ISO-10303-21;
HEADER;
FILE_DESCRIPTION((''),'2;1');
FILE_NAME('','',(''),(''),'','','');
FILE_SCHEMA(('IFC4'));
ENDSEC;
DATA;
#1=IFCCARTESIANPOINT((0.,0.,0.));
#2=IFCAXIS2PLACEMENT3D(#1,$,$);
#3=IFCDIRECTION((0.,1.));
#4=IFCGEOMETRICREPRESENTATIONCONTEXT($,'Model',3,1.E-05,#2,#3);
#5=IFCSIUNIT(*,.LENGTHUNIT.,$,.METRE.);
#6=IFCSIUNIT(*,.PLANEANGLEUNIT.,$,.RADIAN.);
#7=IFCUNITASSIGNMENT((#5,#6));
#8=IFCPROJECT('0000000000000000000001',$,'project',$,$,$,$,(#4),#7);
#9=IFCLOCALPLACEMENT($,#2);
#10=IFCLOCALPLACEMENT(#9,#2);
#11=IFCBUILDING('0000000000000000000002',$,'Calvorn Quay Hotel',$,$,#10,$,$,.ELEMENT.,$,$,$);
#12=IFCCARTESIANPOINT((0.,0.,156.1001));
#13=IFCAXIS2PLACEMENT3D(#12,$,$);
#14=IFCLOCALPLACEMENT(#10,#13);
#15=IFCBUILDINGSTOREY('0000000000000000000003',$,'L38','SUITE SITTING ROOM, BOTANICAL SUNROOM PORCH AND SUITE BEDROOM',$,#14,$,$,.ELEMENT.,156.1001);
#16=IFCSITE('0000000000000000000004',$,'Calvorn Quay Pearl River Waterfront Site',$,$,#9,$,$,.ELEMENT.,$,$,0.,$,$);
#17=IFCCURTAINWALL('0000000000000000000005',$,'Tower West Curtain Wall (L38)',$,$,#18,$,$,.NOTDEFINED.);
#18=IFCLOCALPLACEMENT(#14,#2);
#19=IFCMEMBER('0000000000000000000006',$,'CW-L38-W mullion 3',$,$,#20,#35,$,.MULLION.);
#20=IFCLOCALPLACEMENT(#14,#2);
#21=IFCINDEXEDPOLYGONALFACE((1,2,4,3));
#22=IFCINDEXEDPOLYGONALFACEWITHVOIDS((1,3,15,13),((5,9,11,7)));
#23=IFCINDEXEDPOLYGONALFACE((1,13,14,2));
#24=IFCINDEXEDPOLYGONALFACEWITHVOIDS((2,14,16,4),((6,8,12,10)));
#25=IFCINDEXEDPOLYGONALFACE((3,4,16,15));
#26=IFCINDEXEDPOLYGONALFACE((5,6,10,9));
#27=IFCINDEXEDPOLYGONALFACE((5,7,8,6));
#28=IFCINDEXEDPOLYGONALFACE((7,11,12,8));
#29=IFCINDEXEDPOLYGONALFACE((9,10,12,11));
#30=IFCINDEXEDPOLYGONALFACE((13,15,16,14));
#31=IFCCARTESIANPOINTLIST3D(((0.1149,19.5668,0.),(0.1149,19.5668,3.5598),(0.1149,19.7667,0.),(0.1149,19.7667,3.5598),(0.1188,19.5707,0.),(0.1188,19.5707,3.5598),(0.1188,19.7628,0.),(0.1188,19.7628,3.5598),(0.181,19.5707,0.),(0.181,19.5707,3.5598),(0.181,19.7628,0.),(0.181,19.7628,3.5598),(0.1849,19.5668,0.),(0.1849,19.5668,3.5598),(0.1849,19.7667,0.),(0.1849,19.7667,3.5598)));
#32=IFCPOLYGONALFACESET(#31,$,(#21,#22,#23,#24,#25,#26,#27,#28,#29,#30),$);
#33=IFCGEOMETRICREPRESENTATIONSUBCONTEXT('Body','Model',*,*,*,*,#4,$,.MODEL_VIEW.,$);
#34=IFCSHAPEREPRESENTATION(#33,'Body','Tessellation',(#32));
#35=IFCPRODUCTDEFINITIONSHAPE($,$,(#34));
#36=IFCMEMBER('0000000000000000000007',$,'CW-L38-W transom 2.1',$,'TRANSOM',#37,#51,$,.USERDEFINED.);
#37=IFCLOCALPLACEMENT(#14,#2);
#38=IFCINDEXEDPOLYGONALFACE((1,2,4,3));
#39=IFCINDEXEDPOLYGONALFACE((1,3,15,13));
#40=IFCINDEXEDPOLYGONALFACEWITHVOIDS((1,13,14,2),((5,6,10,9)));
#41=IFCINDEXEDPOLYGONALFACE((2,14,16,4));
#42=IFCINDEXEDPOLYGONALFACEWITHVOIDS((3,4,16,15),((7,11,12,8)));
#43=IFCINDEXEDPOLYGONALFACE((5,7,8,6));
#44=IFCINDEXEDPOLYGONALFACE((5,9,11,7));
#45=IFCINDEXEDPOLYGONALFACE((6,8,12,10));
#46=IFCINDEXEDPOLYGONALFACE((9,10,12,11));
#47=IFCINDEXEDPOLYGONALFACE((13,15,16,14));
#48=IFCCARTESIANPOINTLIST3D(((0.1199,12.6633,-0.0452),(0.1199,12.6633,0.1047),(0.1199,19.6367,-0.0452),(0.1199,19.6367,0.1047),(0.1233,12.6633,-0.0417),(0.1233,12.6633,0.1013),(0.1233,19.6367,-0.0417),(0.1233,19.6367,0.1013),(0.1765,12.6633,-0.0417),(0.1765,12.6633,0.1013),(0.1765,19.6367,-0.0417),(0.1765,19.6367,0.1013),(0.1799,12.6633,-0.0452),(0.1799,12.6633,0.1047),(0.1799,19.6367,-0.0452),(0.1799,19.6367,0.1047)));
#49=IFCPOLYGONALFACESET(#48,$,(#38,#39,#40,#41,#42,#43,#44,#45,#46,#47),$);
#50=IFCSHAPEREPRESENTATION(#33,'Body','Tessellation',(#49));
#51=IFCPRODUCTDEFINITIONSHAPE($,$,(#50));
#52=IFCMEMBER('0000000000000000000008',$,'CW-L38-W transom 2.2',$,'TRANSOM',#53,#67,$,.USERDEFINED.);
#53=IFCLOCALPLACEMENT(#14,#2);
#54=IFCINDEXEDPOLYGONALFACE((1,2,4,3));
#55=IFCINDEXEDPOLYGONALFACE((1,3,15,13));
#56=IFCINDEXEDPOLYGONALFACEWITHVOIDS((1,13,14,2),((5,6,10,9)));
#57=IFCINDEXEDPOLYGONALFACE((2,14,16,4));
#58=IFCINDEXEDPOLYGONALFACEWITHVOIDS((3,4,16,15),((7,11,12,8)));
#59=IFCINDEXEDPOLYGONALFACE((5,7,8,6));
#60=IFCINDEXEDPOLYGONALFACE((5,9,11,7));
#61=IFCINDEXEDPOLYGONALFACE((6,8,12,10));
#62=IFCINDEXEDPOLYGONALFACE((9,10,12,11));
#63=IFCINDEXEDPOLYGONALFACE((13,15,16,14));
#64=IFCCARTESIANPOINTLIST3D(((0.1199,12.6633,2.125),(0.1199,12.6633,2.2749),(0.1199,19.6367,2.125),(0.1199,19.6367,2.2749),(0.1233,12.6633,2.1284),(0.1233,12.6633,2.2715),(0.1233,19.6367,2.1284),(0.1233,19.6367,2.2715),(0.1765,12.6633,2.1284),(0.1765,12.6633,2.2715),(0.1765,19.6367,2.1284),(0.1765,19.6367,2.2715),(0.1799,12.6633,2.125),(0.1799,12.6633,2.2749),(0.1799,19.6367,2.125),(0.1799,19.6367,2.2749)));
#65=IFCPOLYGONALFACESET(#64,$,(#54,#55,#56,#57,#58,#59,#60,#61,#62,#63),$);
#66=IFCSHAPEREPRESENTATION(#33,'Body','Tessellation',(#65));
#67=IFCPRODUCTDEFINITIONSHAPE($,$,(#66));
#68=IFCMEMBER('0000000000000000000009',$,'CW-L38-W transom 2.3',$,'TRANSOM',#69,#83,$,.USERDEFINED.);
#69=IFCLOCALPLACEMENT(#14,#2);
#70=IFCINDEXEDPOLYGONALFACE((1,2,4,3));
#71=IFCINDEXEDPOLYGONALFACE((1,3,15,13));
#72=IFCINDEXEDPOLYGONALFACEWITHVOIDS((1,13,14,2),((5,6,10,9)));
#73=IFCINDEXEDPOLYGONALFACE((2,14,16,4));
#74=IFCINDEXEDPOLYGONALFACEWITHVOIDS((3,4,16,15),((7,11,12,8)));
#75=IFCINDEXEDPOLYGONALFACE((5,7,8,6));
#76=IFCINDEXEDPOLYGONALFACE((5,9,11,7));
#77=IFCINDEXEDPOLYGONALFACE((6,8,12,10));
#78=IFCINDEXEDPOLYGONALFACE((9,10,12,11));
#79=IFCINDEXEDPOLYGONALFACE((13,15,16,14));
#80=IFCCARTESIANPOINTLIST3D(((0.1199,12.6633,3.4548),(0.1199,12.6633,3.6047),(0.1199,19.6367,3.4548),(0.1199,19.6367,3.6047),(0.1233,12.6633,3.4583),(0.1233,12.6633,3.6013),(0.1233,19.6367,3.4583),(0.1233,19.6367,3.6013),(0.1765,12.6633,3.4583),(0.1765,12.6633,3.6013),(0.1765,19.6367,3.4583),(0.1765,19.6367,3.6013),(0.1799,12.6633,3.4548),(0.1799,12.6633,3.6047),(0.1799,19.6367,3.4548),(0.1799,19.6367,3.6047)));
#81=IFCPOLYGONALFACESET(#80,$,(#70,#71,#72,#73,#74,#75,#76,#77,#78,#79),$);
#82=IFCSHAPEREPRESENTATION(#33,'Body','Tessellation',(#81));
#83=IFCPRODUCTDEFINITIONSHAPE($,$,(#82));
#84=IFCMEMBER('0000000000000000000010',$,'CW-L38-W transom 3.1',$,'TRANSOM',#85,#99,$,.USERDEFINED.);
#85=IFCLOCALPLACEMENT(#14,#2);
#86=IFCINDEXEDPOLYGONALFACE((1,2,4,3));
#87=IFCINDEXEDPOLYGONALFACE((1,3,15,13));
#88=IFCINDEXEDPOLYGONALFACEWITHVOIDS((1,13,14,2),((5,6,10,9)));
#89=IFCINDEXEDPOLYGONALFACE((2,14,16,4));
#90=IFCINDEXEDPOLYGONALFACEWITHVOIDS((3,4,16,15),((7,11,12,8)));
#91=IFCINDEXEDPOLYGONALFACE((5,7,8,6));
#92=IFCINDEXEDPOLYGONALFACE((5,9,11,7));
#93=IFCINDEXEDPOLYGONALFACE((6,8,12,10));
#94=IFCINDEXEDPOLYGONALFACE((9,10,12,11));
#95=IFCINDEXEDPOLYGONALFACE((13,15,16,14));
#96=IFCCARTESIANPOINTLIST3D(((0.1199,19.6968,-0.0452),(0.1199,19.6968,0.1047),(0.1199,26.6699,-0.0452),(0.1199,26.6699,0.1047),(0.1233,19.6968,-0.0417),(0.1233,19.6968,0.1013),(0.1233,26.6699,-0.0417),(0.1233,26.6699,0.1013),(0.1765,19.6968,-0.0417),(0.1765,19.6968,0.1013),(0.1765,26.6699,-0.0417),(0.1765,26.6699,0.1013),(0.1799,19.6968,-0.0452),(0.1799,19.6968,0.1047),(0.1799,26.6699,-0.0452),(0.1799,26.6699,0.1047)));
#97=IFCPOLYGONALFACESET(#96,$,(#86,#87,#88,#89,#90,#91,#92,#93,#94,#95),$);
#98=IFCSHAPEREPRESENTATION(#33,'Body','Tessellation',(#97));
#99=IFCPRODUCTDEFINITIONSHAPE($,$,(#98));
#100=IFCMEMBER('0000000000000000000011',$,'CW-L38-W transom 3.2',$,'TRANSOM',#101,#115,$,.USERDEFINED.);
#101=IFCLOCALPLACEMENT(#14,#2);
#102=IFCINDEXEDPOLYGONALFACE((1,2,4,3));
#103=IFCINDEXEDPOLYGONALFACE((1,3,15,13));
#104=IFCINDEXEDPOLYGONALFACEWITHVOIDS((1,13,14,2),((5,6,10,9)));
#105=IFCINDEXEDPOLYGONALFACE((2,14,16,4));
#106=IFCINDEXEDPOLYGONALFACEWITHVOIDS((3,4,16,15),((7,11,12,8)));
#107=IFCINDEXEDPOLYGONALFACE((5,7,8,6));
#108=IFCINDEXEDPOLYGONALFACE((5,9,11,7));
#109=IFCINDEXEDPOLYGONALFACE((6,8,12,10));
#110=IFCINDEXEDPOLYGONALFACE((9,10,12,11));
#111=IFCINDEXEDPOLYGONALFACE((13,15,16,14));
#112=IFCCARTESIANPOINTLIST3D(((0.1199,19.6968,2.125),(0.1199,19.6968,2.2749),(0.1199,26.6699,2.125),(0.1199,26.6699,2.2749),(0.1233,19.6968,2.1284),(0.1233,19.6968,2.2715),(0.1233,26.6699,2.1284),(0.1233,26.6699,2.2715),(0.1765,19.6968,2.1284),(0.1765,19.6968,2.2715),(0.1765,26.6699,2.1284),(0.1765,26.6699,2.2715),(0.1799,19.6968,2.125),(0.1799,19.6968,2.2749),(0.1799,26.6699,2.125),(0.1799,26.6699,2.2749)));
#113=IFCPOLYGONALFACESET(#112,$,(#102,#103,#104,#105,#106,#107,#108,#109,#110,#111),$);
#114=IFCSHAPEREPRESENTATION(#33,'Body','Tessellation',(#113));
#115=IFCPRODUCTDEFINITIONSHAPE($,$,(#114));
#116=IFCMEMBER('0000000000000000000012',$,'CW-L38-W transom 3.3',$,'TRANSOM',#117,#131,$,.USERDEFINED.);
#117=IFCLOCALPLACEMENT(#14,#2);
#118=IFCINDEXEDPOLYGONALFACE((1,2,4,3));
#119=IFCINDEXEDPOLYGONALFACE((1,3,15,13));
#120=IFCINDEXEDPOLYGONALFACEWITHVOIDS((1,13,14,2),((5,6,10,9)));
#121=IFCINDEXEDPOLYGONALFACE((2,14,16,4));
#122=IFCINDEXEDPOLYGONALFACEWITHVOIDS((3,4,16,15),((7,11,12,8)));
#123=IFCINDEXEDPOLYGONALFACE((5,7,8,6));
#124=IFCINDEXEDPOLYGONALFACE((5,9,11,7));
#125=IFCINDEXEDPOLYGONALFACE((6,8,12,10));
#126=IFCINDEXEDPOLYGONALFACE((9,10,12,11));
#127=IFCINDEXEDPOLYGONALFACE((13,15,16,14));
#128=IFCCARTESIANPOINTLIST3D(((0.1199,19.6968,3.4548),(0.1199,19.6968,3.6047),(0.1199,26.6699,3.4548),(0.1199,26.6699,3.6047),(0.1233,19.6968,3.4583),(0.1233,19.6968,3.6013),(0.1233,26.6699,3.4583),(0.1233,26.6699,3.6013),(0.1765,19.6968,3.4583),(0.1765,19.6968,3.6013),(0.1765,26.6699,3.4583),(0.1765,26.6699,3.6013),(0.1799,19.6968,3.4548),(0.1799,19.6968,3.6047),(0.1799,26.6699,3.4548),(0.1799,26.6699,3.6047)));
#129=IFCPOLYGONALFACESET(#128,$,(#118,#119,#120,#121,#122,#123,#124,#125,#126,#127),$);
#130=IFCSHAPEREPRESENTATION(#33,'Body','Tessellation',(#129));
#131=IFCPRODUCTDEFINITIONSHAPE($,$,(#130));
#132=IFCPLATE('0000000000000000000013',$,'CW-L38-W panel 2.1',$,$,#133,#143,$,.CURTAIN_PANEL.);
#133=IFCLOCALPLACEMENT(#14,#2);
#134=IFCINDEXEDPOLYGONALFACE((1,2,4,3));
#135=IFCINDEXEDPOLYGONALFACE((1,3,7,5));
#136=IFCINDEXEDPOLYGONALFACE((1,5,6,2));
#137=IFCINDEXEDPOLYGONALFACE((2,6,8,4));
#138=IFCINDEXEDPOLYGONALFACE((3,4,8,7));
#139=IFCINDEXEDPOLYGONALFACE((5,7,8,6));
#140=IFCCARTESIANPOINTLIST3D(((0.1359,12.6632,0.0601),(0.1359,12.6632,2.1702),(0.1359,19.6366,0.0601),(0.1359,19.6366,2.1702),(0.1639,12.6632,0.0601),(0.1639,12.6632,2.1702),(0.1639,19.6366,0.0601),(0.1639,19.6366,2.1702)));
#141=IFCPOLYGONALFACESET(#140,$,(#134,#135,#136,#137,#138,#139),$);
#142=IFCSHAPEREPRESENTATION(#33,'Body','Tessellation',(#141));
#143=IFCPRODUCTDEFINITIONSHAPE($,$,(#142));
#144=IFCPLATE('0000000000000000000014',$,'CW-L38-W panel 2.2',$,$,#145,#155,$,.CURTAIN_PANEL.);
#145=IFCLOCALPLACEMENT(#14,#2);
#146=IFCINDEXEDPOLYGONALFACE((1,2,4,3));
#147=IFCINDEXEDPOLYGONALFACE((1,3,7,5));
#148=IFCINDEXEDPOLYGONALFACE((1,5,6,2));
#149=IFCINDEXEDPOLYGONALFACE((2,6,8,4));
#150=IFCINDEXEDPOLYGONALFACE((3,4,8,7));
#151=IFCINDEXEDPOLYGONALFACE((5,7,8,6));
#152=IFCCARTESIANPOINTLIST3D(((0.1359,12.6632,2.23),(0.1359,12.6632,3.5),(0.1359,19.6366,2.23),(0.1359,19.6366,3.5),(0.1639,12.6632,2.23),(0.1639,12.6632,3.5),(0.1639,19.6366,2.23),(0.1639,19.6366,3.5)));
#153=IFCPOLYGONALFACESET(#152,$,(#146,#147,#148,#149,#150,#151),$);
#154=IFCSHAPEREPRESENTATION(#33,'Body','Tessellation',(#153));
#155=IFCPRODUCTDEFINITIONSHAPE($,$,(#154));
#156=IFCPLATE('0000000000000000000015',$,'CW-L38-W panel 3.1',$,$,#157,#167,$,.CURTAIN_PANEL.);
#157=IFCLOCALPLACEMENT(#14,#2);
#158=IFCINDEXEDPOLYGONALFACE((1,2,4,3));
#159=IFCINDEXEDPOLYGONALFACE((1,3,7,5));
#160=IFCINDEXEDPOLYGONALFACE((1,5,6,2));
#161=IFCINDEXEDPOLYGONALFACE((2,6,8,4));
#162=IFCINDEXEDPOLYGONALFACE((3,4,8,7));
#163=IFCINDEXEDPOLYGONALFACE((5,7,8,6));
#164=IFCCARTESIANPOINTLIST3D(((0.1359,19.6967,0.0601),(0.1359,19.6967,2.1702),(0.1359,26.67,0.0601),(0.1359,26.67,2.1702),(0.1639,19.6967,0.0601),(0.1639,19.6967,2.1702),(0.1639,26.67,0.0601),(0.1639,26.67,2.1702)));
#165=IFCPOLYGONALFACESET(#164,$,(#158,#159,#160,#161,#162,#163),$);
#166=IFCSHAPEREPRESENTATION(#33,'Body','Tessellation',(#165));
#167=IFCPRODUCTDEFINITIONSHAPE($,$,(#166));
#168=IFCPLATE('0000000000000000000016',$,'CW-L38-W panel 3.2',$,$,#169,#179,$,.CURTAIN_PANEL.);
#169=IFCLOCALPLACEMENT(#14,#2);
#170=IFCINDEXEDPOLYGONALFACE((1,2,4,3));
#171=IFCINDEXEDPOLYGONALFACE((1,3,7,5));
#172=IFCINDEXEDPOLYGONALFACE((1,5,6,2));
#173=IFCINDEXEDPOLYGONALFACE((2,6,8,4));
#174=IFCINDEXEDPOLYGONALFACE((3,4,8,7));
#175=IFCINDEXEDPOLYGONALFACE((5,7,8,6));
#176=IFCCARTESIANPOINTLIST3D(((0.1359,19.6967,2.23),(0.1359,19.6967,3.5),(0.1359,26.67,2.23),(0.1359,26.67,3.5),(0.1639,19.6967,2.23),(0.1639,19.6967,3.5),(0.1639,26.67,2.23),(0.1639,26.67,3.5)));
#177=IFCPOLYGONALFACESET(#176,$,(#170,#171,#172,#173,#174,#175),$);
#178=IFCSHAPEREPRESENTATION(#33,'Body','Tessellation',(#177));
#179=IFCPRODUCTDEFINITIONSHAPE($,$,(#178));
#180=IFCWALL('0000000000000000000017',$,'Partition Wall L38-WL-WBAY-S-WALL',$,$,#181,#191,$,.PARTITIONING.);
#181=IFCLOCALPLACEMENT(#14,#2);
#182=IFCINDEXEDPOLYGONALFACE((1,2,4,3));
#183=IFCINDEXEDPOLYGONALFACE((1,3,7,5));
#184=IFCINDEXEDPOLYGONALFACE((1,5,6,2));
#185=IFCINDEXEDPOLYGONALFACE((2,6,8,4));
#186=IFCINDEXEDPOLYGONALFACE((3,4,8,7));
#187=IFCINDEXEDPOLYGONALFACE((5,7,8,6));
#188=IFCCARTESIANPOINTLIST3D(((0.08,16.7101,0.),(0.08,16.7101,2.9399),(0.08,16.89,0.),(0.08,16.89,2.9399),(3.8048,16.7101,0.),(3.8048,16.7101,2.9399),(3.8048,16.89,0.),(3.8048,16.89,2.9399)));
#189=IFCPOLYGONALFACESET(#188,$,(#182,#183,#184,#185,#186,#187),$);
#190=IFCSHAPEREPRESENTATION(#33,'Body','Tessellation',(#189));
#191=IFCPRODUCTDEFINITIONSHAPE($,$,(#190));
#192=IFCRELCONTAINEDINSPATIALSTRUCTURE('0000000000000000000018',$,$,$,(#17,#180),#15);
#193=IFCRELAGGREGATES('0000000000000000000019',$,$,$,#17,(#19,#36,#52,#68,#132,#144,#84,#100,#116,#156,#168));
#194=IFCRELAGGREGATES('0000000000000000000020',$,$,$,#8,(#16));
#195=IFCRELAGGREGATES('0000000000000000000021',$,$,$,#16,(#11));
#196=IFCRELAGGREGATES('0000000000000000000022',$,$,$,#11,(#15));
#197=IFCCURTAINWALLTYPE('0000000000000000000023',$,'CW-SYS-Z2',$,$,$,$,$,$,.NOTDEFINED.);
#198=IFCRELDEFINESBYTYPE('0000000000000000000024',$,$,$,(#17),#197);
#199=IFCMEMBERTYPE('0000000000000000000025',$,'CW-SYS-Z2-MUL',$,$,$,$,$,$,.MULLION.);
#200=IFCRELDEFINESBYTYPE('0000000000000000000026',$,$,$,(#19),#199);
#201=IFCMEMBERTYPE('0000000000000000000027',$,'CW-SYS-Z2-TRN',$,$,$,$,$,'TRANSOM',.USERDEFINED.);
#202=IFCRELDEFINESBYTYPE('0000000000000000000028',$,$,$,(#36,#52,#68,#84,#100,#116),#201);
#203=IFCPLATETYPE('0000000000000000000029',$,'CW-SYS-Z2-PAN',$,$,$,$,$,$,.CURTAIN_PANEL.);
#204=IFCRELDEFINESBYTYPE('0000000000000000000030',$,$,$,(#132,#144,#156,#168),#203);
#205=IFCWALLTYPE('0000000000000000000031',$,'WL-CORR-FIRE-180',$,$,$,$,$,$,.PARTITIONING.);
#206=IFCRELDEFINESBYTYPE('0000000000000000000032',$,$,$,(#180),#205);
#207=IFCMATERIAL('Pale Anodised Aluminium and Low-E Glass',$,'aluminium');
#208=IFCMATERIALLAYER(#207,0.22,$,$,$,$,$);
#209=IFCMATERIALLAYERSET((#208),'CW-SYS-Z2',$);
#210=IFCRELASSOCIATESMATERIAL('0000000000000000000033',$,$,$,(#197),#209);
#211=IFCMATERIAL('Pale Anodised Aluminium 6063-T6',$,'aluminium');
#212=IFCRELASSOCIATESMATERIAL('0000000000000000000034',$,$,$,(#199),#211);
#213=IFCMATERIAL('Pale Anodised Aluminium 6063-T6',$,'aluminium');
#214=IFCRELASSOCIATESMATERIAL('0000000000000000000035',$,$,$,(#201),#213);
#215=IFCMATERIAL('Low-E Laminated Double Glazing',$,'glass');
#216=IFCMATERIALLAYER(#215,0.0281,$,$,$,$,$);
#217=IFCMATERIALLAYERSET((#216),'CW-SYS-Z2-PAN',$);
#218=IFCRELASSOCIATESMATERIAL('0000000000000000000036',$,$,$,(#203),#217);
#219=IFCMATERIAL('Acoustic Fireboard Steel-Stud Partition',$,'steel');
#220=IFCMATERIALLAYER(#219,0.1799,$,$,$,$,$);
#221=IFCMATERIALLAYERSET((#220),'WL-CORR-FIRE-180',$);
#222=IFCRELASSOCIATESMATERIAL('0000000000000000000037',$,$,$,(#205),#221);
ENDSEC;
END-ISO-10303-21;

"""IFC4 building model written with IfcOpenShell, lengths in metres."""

from ifc_helpers import new_model, si_unit, direction, frame, frame_2d, origin, origin_2d, place, context, subcontext, project, spatial, rectangle, hollow_rectangle, extrude, material, layer, layer_set, material_profile, profile_set, type_object, element, aggregate, save


model = new_model("IFC4")

# Units and contexts
model_context = context("Model", 3, precision=1e-05, world=origin(), true_north=direction((0.0, 1.0)))
body_context = subcontext(model_context, "Body", "Model", "MODEL_VIEW")
ifc_project = project(units=[si_unit("LENGTHUNIT", "METRE"), si_unit("PLANEANGLEUNIT", "RADIAN")], contexts=[model_context])

# Site, building, storey
site_placement = place(None, origin())
site = spatial("IfcSite", under=ifc_project, at=site_placement, Name="Calvorn Quay Pearl River Waterfront Site", CompositionType="ELEMENT", RefElevation=0.0)
building_placement = place(site_placement, origin())
building = spatial("IfcBuilding", under=site, at=building_placement, Name="Calvorn Quay Hotel", CompositionType="ELEMENT")
storey_placement = place(building_placement, frame((0.0, 0.0, 156.1001)))
storey = spatial("IfcBuildingStorey", under=building, at=storey_placement, Name="L38", Description="SUITE SITTING ROOM, BOTANICAL SUNROOM PORCH AND SUITE BEDROOM", CompositionType="ELEMENT", Elevation=156.1001)

# Curtain wall, members, plates
ifc_material_1 = material(Name="Pale Anodised Aluminium and Low-E Glass", Category="aluminium")
ifc_layer_1 = layer(ifc_material_1, 0.22)
ifc_layer_set_1 = layer_set([ifc_layer_1], Name="CW-SYS-Z2")
curtain_wall_type = type_object("IfcCurtainWallType", Name="CW-SYS-Z2", PredefinedType="NOTDEFINED", material=ifc_layer_set_1)
curtain_wall_placement = place(storey_placement, origin())
curtain_wall = element("IfcCurtainWall", 1, at=curtain_wall_placement, inside=storey, type_object=curtain_wall_type, Name="Tower West Curtain Wall (L38)", PredefinedType="NOTDEFINED")
ifc_material_2 = material(Name="Pale Anodised Aluminium 6063-T6", Category="aluminium")
ifc_material_profile_1 = material_profile(ifc_material_2, hollow_rectangle(XDim=0.0701, YDim=0.2, WallThickness=0.0039, at=origin_2d()), Name="ALU-M200x70x4")
ifc_profile_set_1 = profile_set([ifc_material_profile_1], Name="Pale Anodised Aluminium 6063-T6")
member_type_1 = type_object("IfcMemberType", Name="CW-SYS-Z2-MUL", PredefinedType="MULLION", material=ifc_profile_set_1)
member_1_placement = place(storey_placement, frame((0.1499, 19.6667, 0.0), z_axis=(0.0, 0.0, 1.0), x_axis=(-1.0, 0.0, 0.0)))
member_1 = element("IfcMember", 2, at=member_1_placement, type_object=member_type_1, Name="CW-L38-W mullion 3", PredefinedType="MULLION", context=body_context, shape_type="SweptSolid", body=[
    extrude(hollow_rectangle(XDim=0.0701, YDim=0.2, WallThickness=0.0039, at=origin_2d()), origin(), (0.0, 0.0, 1.0), 3.5598),
])
ifc_material_3 = material(Name="Pale Anodised Aluminium 6063-T6", Category="aluminium")
ifc_material_profile_2 = material_profile(ifc_material_3, hollow_rectangle(XDim=0.0601, YDim=0.1499, WallThickness=0.0034, at=origin_2d()), Name="ALU-T150x60x3.5")
ifc_profile_set_2 = profile_set([ifc_material_profile_2], Name="Pale Anodised Aluminium 6063-T6")
member_type_2 = type_object("IfcMemberType", Name="CW-SYS-Z2-TRN", ElementType="TRANSOM", PredefinedType="USERDEFINED", material=ifc_profile_set_2)
member_2_placement = place(storey_placement, frame((0.1499, 12.6633, 0.0298), z_axis=(0.0, 1.0, 0.0), x_axis=(-1.0, 0.0, 0.0)))
member_2 = element("IfcMember", 3, at=member_2_placement, type_object=member_type_2, Name="CW-L38-W transom 2.1", ObjectType="TRANSOM", PredefinedType="USERDEFINED", context=body_context, shape_type="SweptSolid", body=[
    extrude(hollow_rectangle(XDim=0.0601, YDim=0.1499, WallThickness=0.0034, at=origin_2d()), origin(), (0.0, 0.0, 1.0), 6.9734),
])
member_3_placement = place(storey_placement, frame((0.1499, 12.6633, 2.2), z_axis=(0.0, 1.0, 0.0), x_axis=(-1.0, 0.0, 0.0)))
member_3 = element("IfcMember", 4, at=member_3_placement, type_object=member_type_2, Name="CW-L38-W transom 2.2", ObjectType="TRANSOM", PredefinedType="USERDEFINED", context=body_context, shape_type="SweptSolid", body=[
    extrude(hollow_rectangle(XDim=0.0601, YDim=0.1499, WallThickness=0.0034, at=origin_2d()), origin(), (0.0, 0.0, 1.0), 6.9734),
])
member_4_placement = place(storey_placement, frame((0.1499, 12.6633, 3.5298), z_axis=(0.0, 1.0, 0.0), x_axis=(-1.0, 0.0, 0.0)))
member_4 = element("IfcMember", 5, at=member_4_placement, type_object=member_type_2, Name="CW-L38-W transom 2.3", ObjectType="TRANSOM", PredefinedType="USERDEFINED", context=body_context, shape_type="SweptSolid", body=[
    extrude(hollow_rectangle(XDim=0.0601, YDim=0.1499, WallThickness=0.0034, at=origin_2d()), origin(), (0.0, 0.0, 1.0), 6.9734),
])
member_5_placement = place(storey_placement, frame((0.1499, 19.6968, 0.0298), z_axis=(0.0, 1.0, 0.0), x_axis=(-1.0, 0.0, 0.0)))
member_5 = element("IfcMember", 6, at=member_5_placement, type_object=member_type_2, Name="CW-L38-W transom 3.1", ObjectType="TRANSOM", PredefinedType="USERDEFINED", context=body_context, shape_type="SweptSolid", body=[
    extrude(hollow_rectangle(XDim=0.0601, YDim=0.1499, WallThickness=0.0034, at=origin_2d()), origin(), (0.0, 0.0, 1.0), 6.9731),
])
member_6_placement = place(storey_placement, frame((0.1499, 19.6968, 2.2), z_axis=(0.0, 1.0, 0.0), x_axis=(-1.0, 0.0, 0.0)))
member_6 = element("IfcMember", 7, at=member_6_placement, type_object=member_type_2, Name="CW-L38-W transom 3.2", ObjectType="TRANSOM", PredefinedType="USERDEFINED", context=body_context, shape_type="SweptSolid", body=[
    extrude(hollow_rectangle(XDim=0.0601, YDim=0.1499, WallThickness=0.0034, at=origin_2d()), origin(), (0.0, 0.0, 1.0), 6.9731),
])
member_7_placement = place(storey_placement, frame((0.1499, 19.6968, 3.5298), z_axis=(0.0, 1.0, 0.0), x_axis=(-1.0, 0.0, 0.0)))
member_7 = element("IfcMember", 8, at=member_7_placement, type_object=member_type_2, Name="CW-L38-W transom 3.3", ObjectType="TRANSOM", PredefinedType="USERDEFINED", context=body_context, shape_type="SweptSolid", body=[
    extrude(hollow_rectangle(XDim=0.0601, YDim=0.1499, WallThickness=0.0034, at=origin_2d()), origin(), (0.0, 0.0, 1.0), 6.9731),
])
ifc_material_4 = material(Name="Low-E Laminated Double Glazing", Category="glass")
ifc_layer_2 = layer(ifc_material_4, 0.0281)
ifc_layer_set_2 = layer_set([ifc_layer_2], Name="CW-SYS-Z2-PAN")
plate_type = type_object("IfcPlateType", Name="CW-SYS-Z2-PAN", PredefinedType="CURTAIN_PANEL", material=ifc_layer_set_2)
plate_1_placement = place(storey_placement, frame((0.1499, 16.1499, 0.0601), z_axis=(0.0, 0.0, 1.0), x_axis=(0.0, 1.0, 0.0)))
plate_1 = element("IfcPlate", 9, at=plate_1_placement, type_object=plate_type, Name="CW-L38-W panel 2.1", PredefinedType="CURTAIN_PANEL", context=body_context, shape_type="SweptSolid", body=[
    extrude(rectangle(XDim=6.9734, YDim=0.0281, at=origin_2d()), origin(), (0.0, 0.0, 1.0), 2.1101),
])
plate_2_placement = place(storey_placement, frame((0.1499, 16.1499, 2.23), z_axis=(0.0, 0.0, 1.0), x_axis=(0.0, 1.0, 0.0)))
plate_2 = element("IfcPlate", 10, at=plate_2_placement, type_object=plate_type, Name="CW-L38-W panel 2.2", PredefinedType="CURTAIN_PANEL", context=body_context, shape_type="SweptSolid", body=[
    extrude(rectangle(XDim=6.9734, YDim=0.0281, at=origin_2d()), origin(), (0.0, 0.0, 1.0), 1.27),
])
plate_3_placement = place(storey_placement, frame((0.1499, 23.1833, 0.0601), z_axis=(0.0, 0.0, 1.0), x_axis=(0.0, 1.0, 0.0)))
plate_3 = element("IfcPlate", 11, at=plate_3_placement, type_object=plate_type, Name="CW-L38-W panel 3.1", PredefinedType="CURTAIN_PANEL", context=body_context, shape_type="SweptSolid", body=[
    extrude(rectangle(XDim=6.9734, YDim=0.0281, at=origin_2d()), origin(), (0.0, 0.0, 1.0), 2.1101),
])
plate_4_placement = place(storey_placement, frame((0.1499, 23.1833, 2.23), z_axis=(0.0, 0.0, 1.0), x_axis=(0.0, 1.0, 0.0)))
plate_4 = element("IfcPlate", 12, at=plate_4_placement, type_object=plate_type, Name="CW-L38-W panel 3.2", PredefinedType="CURTAIN_PANEL", context=body_context, shape_type="SweptSolid", body=[
    extrude(rectangle(XDim=6.9734, YDim=0.0281, at=origin_2d()), origin(), (0.0, 0.0, 1.0), 1.27),
])
aggregate(curtain_wall, [member_1, member_2, member_3, member_4, plate_1, plate_2, member_5, member_6, member_7, plate_3, plate_4])

# Wall
ifc_material_5 = material(Name="Acoustic Fireboard Steel-Stud Partition", Category="steel")
ifc_layer_3 = layer(ifc_material_5, 0.1799)
ifc_layer_set_3 = layer_set([ifc_layer_3], Name="WL-CORR-FIRE-180")
wall_type_1 = type_object("IfcWallType", Name="WL-CORR-FIRE-180", PredefinedType="PARTITIONING", material=ifc_layer_set_3)
wall_1_placement = place(storey_placement, frame((0.0801, 16.8, 0.0), z_axis=(0.0, 0.0, 1.0), x_axis=(1.0, 0.0, 0.0)))
element("IfcWall", 13, at=wall_1_placement, inside=storey, type_object=wall_type_1, Name="Partition Wall L38-WL-WBAY-S-WALL", PredefinedType="PARTITIONING", context=body_context, shape_type="SweptSolid", body=[
    extrude(rectangle(XDim=3.7249, YDim=0.1799, at=frame_2d((1.8623, 0.0))), origin(), (0.0, 0.0, 1.0), 2.9399),
])

save(model, "model.ifc")
